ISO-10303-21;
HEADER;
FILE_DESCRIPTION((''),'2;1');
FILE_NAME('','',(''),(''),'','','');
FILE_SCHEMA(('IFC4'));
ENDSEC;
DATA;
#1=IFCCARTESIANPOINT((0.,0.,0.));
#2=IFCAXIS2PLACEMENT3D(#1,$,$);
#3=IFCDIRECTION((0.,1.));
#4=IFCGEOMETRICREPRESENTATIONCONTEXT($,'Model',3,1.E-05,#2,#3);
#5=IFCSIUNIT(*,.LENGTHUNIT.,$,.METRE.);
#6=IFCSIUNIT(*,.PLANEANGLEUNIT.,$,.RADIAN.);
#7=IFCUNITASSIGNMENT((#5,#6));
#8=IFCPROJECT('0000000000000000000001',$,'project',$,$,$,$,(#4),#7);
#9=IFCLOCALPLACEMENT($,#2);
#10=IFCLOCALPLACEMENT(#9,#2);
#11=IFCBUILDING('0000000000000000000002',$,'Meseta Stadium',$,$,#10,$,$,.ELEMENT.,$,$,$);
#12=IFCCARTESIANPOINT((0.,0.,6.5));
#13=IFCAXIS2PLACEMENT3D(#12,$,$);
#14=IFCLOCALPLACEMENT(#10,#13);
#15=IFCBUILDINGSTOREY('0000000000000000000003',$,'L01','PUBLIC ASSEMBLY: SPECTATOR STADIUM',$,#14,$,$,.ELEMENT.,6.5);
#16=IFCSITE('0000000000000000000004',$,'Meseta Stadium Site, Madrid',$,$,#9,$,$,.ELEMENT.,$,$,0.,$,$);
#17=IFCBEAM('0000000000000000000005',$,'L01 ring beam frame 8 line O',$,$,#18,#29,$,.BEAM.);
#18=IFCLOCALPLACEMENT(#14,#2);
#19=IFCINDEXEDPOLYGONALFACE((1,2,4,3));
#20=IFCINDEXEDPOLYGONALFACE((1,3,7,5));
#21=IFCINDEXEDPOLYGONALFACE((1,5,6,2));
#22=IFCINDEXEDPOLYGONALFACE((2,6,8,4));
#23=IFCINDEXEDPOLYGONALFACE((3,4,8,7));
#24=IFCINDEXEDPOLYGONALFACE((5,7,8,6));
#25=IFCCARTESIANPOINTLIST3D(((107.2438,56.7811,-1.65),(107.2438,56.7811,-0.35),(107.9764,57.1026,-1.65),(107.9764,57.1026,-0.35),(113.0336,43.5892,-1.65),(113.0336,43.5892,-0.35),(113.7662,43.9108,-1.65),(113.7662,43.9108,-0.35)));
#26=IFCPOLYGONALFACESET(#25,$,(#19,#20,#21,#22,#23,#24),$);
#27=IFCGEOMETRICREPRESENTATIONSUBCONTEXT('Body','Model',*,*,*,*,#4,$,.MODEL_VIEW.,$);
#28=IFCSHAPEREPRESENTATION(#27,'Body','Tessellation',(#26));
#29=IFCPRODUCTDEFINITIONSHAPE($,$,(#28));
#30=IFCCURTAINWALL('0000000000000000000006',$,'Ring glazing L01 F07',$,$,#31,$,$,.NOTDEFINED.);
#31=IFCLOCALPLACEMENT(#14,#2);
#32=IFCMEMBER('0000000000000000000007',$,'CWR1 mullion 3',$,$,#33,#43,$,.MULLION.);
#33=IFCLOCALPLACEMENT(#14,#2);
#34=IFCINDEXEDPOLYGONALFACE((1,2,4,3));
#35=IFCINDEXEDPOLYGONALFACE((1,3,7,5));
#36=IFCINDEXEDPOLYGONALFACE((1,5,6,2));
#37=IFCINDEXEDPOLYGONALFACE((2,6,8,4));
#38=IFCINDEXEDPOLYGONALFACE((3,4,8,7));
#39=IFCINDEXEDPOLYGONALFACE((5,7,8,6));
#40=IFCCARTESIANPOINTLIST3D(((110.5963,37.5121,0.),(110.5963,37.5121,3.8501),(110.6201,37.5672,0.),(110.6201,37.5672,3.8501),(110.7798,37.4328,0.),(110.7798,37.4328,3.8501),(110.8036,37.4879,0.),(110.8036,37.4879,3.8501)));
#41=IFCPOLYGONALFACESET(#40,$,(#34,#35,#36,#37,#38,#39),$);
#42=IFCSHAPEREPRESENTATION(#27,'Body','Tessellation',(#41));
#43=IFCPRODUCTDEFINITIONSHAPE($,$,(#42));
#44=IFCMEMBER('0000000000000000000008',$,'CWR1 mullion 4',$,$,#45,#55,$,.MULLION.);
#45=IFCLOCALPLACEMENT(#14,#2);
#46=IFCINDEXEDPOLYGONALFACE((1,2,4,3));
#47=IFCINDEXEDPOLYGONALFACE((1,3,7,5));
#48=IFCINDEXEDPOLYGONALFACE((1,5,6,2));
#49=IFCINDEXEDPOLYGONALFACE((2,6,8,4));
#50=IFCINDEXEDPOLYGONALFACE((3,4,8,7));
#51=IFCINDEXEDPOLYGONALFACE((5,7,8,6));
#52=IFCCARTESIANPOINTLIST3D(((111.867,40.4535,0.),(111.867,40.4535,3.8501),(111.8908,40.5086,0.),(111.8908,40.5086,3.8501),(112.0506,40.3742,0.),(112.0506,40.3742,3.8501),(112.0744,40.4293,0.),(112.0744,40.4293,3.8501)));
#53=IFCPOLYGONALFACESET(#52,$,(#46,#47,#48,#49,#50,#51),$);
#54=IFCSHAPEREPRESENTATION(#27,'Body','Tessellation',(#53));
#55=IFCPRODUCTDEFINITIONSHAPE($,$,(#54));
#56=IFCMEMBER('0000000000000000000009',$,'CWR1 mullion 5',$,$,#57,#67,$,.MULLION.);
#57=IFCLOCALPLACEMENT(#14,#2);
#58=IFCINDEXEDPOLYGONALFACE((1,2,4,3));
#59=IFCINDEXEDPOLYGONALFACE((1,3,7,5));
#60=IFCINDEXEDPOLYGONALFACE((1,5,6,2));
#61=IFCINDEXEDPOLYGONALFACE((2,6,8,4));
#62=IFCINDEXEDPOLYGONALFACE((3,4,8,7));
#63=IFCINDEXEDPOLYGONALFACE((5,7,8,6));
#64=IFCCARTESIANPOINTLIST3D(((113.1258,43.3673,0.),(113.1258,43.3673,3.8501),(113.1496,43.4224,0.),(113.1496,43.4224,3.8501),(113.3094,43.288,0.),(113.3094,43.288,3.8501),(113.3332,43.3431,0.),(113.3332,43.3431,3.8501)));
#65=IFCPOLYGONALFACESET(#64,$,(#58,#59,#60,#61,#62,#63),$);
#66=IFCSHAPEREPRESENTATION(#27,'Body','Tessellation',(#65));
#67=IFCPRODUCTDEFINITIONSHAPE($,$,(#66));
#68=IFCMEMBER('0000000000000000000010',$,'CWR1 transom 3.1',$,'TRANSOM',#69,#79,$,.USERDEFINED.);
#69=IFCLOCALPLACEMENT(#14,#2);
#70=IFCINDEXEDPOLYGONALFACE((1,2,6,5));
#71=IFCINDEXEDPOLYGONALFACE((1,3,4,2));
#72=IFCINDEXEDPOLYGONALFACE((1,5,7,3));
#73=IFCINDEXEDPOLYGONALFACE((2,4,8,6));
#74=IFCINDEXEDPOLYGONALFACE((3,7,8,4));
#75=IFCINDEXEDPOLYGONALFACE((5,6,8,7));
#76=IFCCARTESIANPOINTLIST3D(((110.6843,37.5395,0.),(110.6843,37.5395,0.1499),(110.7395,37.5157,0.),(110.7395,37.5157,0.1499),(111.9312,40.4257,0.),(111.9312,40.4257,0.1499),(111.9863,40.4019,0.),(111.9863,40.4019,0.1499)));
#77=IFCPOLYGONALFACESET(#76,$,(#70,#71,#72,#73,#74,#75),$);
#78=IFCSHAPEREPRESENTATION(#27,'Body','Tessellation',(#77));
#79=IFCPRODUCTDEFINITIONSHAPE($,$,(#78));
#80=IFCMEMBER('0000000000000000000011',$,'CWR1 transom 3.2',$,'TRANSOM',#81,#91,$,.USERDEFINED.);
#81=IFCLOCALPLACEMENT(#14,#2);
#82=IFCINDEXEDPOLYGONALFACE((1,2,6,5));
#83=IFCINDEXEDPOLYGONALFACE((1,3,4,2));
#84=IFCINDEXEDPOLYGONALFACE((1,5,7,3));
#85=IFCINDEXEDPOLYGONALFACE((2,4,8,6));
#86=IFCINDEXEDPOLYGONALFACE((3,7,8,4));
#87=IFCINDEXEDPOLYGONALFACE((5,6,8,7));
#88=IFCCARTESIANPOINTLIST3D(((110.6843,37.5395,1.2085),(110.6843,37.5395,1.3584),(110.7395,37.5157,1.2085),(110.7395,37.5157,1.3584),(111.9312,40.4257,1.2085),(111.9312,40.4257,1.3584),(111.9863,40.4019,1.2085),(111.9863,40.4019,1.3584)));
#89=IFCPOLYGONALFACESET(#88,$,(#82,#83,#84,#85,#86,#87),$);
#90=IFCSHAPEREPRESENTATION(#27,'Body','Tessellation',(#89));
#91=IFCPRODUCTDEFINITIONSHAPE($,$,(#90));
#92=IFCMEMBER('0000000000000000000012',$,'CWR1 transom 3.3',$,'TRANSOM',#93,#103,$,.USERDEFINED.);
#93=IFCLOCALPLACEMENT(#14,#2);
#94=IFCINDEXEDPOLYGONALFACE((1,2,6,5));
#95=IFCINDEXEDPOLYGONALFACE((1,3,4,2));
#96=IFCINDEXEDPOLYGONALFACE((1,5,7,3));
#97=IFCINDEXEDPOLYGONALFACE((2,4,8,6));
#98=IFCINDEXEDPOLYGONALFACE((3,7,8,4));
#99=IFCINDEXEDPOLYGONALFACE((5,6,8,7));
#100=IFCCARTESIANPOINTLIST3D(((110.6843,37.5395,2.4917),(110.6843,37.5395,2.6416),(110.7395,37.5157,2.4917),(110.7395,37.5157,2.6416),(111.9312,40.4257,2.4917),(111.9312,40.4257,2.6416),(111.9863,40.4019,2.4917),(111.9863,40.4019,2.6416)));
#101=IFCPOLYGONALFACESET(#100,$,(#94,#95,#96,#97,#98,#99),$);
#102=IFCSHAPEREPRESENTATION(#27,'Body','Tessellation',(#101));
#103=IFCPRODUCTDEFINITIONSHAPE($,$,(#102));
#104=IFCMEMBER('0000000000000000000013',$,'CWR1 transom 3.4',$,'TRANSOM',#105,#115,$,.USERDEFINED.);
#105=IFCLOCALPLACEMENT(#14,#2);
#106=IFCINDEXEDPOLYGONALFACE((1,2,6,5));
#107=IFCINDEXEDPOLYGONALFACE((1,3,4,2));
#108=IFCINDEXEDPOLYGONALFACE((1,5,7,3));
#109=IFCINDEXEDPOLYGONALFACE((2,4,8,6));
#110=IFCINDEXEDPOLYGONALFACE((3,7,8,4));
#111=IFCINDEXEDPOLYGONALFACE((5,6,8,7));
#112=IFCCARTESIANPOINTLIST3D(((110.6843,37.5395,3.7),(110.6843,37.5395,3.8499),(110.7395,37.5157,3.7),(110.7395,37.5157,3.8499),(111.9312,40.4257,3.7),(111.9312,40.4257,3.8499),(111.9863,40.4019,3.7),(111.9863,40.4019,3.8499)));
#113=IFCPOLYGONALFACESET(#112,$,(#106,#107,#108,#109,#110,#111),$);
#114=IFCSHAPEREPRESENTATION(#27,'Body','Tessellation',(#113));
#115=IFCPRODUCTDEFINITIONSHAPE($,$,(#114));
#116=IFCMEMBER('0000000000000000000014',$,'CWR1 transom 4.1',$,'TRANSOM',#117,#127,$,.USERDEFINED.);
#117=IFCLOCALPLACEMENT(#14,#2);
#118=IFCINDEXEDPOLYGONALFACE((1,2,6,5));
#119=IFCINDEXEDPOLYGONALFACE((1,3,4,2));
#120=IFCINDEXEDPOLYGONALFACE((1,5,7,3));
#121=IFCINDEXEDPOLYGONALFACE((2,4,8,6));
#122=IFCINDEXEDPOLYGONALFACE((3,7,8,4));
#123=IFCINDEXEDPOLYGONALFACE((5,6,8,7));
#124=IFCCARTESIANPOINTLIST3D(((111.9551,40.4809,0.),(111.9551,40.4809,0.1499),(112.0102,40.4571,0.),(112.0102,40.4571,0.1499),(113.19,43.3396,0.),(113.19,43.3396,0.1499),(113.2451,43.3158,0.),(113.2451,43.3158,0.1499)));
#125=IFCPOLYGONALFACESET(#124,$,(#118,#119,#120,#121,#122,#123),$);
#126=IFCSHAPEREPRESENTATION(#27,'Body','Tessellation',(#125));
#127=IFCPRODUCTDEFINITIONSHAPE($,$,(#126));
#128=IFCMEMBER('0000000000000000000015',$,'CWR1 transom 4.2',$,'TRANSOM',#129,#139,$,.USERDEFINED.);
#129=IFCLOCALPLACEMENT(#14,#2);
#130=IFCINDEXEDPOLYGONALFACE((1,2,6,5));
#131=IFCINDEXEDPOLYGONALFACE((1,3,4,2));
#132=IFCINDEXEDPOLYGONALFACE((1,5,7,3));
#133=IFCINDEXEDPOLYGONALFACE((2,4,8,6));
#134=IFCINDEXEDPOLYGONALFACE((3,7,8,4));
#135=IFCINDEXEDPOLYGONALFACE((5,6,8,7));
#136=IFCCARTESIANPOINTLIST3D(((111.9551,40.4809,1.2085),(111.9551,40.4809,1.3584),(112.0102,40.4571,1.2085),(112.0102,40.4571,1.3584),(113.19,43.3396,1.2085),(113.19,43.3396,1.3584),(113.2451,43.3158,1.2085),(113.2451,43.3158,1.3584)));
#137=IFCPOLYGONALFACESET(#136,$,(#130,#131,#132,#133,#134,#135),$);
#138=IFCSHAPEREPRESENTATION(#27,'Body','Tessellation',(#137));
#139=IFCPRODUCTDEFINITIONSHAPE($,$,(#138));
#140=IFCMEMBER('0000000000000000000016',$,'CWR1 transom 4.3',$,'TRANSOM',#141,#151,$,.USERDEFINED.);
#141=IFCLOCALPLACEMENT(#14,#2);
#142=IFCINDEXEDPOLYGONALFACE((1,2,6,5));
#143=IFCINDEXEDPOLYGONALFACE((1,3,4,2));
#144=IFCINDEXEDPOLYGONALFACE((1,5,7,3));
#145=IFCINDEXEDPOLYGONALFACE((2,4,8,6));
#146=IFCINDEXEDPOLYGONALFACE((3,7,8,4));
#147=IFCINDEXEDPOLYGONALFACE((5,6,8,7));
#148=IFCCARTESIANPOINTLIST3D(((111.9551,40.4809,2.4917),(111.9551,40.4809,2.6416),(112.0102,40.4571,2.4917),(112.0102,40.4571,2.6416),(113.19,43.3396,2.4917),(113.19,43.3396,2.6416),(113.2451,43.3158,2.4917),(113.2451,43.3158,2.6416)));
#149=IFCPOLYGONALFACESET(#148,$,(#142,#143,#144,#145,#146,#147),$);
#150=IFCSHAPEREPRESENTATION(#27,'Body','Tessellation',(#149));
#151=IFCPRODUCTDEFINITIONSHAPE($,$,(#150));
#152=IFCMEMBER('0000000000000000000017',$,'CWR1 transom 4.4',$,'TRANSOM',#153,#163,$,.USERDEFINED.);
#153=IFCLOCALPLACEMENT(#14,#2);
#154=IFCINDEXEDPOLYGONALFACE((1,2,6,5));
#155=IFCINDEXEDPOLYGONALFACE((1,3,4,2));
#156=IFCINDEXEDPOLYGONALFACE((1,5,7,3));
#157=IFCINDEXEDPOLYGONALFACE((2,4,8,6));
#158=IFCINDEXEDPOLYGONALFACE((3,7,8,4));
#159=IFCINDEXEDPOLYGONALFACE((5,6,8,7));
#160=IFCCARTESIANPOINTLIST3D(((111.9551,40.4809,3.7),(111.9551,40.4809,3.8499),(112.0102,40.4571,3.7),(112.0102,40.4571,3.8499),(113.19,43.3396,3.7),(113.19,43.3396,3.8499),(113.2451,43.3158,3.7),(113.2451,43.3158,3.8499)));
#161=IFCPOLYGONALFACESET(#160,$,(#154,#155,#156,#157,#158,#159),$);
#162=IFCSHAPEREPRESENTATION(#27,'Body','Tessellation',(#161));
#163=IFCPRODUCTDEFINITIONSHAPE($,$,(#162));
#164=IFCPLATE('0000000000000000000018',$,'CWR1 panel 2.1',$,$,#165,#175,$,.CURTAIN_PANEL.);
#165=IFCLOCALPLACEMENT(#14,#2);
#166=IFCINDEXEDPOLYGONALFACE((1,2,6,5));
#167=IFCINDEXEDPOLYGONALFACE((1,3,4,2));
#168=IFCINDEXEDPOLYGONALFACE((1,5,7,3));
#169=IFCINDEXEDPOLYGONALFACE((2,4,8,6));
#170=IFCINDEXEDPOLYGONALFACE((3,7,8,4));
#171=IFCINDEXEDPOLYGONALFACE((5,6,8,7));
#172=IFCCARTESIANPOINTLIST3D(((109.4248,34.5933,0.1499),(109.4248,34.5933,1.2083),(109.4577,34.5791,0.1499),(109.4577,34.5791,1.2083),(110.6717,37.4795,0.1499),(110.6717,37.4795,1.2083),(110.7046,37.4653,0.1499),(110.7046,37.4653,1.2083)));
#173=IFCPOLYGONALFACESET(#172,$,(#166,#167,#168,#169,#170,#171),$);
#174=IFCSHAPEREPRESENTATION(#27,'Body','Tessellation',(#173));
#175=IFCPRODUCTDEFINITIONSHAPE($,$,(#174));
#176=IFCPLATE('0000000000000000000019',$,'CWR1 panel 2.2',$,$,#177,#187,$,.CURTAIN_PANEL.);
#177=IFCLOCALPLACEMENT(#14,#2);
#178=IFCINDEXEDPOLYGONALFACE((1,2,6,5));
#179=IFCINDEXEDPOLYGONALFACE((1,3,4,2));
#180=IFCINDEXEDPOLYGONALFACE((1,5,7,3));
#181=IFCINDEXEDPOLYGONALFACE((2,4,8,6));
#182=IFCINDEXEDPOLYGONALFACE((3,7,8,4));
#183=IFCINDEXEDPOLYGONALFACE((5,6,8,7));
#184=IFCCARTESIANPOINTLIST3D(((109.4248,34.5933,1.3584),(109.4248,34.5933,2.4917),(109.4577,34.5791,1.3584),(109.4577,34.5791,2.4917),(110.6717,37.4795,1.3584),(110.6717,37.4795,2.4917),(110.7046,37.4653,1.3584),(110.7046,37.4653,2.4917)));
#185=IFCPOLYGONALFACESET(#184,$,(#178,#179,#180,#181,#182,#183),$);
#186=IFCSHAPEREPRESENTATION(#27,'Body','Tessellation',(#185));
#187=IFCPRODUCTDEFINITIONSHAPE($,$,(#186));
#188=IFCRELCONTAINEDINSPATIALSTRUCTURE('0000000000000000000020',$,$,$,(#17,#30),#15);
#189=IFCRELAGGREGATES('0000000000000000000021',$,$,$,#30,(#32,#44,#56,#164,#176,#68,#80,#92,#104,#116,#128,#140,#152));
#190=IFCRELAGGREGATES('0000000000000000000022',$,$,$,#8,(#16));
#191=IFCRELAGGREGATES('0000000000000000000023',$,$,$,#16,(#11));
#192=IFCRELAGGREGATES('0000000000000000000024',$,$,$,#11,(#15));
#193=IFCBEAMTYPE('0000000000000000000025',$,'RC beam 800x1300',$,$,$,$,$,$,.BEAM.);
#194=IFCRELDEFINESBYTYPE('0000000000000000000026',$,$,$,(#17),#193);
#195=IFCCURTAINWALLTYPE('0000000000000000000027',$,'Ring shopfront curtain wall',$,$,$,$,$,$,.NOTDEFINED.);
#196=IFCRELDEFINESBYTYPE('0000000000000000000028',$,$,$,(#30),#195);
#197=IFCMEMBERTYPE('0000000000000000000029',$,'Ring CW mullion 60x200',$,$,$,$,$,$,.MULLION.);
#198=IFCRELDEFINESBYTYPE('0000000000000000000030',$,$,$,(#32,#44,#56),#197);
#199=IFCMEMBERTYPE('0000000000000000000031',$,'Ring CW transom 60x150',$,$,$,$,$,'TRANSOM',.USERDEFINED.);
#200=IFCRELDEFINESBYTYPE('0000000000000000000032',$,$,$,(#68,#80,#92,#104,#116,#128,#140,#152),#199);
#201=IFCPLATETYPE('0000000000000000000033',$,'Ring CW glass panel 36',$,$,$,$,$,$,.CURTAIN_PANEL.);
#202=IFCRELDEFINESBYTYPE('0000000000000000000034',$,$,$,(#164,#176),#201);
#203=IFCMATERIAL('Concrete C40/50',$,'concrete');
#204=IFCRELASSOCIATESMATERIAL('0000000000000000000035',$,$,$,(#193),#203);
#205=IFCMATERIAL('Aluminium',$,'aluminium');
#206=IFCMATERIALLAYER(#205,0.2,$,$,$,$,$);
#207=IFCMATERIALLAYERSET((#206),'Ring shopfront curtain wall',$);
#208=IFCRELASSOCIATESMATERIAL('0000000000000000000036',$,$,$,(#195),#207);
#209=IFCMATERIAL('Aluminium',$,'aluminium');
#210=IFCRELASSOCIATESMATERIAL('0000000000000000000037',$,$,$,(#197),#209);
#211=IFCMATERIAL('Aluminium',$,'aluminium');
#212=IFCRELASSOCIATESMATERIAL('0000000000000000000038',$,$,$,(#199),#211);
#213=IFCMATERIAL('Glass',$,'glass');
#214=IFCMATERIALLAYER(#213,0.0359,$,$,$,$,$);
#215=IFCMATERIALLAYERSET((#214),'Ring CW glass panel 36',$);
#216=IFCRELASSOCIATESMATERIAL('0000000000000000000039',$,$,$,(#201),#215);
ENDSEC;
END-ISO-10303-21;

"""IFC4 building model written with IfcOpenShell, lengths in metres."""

from ifc_helpers import new_model, si_unit, direction, frame, origin, origin_2d, place, context, subcontext, project, spatial, rectangle, extrude, material, layer, layer_set, material_profile, profile_set, type_object, element, aggregate, save


model = new_model("IFC4")

# Units and contexts
model_context = context("Model", 3, precision=1e-05, world=origin(), true_north=direction((0.0, 1.0)))
body_context = subcontext(model_context, "Body", "Model", "MODEL_VIEW")
ifc_project = project(units=[si_unit("LENGTHUNIT", "METRE"), si_unit("PLANEANGLEUNIT", "RADIAN")], contexts=[model_context])

# Site, building, storey
site_placement = place(None, origin())
site = spatial("IfcSite", under=ifc_project, at=site_placement, Name="Meseta Stadium Site, Madrid", CompositionType="ELEMENT", RefElevation=0.0)
building_placement = place(site_placement, origin())
building = spatial("IfcBuilding", under=site, at=building_placement, Name="Meseta Stadium", CompositionType="ELEMENT")
storey_placement = place(building_placement, frame((0.0, 0.0, 6.5)))
storey = spatial("IfcBuildingStorey", under=building, at=storey_placement, Name="L01", Description="PUBLIC ASSEMBLY: SPECTATOR STADIUM", CompositionType="ELEMENT", Elevation=6.5)

# Beam
ifc_material_1 = material(Name="Concrete C40/50", Category="concrete")
ifc_material_profile_1 = material_profile(ifc_material_1, rectangle(XDim=0.8, YDim=1.3, at=origin_2d()), Name="RC 800x1300")
ifc_profile_set_1 = profile_set([ifc_material_profile_1], Name="Concrete C40/50")
beam_type_1 = type_object("IfcBeamType", Name="RC beam 800x1300", PredefinedType="BEAM", material=ifc_profile_set_1)
beam_1_placement = place(storey_placement, frame((113.3999, 43.75, -1.0), z_axis=(-0.401887, 0.915689, 0.0), x_axis=(-0.915689, -0.401887, 0.0)))
element("IfcBeam", 1, at=beam_1_placement, inside=storey, type_object=beam_type_1, Name="L01 ring beam frame 8 line O", PredefinedType="BEAM", context=body_context, shape_type="SweptSolid", body=[
    extrude(rectangle(XDim=0.8, YDim=1.3, at=origin_2d()), origin(), (0.0, 0.0, 1.0), 14.4065),
])

# Curtain wall, members, plates
ifc_material_2 = material(Name="Aluminium", Category="aluminium")
ifc_layer_1 = layer(ifc_material_2, 0.2)
ifc_layer_set_1 = layer_set([ifc_layer_1], Name="Ring shopfront curtain wall")
curtain_wall_type = type_object("IfcCurtainWallType", Name="Ring shopfront curtain wall", PredefinedType="NOTDEFINED", material=ifc_layer_set_1)
curtain_wall_placement = place(storey_placement, origin())
curtain_wall = element("IfcCurtainWall", 2, at=curtain_wall_placement, inside=storey, type_object=curtain_wall_type, Name="Ring glazing L01 F07", PredefinedType="NOTDEFINED")
ifc_material_3 = material(Name="Aluminium", Category="aluminium")
ifc_material_profile_2 = material_profile(ifc_material_3, rectangle(XDim=0.2, YDim=0.0601, at=origin_2d()), Name="CW 200x60")
ifc_profile_set_2 = profile_set([ifc_material_profile_2], Name="Aluminium")
member_type_1 = type_object("IfcMemberType", Name="Ring CW mullion 60x200", PredefinedType="MULLION", material=ifc_profile_set_2)
member_1_placement = place(storey_placement, frame((110.7, 37.5, 0.0), z_axis=(0.0, 0.0, 1.0), x_axis=(-0.918, 0.396581, 0.0)))
member_1 = element("IfcMember", 3, at=member_1_placement, type_object=member_type_1, Name="CWR1 mullion 3", PredefinedType="MULLION", context=body_context, shape_type="SweptSolid", body=[
    extrude(rectangle(XDim=0.2, YDim=0.0601, at=origin_2d()), origin(), (0.0, 0.0, 1.0), 3.8501),
])
member_2_placement = place(storey_placement, frame((111.9707, 40.4414, 0.0), z_axis=(0.0, 0.0, 1.0), x_axis=(-0.918, 0.396581, 0.0)))
member_2 = element("IfcMember", 4, at=member_2_placement, type_object=member_type_1, Name="CWR1 mullion 4", PredefinedType="MULLION", context=body_context, shape_type="SweptSolid", body=[
    extrude(rectangle(XDim=0.2, YDim=0.0601, at=origin_2d()), origin(), (0.0, 0.0, 1.0), 3.8501),
])
member_3_placement = place(storey_placement, frame((113.2295, 43.3552, 0.0), z_axis=(0.0, 0.0, 1.0), x_axis=(-0.918, 0.396581, 0.0)))
member_3 = element("IfcMember", 5, at=member_3_placement, type_object=member_type_1, Name="CWR1 mullion 5", PredefinedType="MULLION", context=body_context, shape_type="SweptSolid", body=[
    extrude(rectangle(XDim=0.2, YDim=0.0601, at=origin_2d()), origin(), (0.0, 0.0, 1.0), 3.8501),
])
ifc_material_4 = material(Name="Aluminium", Category="aluminium")
ifc_material_profile_3 = material_profile(ifc_material_4, rectangle(XDim=0.0601, YDim=0.1499, at=origin_2d()), Name="CW 60x150")
ifc_profile_set_3 = profile_set([ifc_material_profile_3], Name="Aluminium")
member_type_2 = type_object("IfcMemberType", Name="Ring CW transom 60x150", ElementType="TRANSOM", PredefinedType="USERDEFINED", material=ifc_profile_set_3)
member_4_placement = place(storey_placement, frame((110.7119, 37.5276, 0.075), z_axis=(0.39657, 0.918005, 0.0), x_axis=(-0.918005, 0.39657, 0.0)))
member_4 = element("IfcMember", 6, at=member_4_placement, type_object=member_type_2, Name="CWR1 transom 3.1", ObjectType="TRANSOM", PredefinedType="USERDEFINED", context=body_context, shape_type="SweptSolid", body=[
    extrude(rectangle(XDim=0.0601, YDim=0.1499, at=origin_2d()), origin(), (0.0, 0.0, 1.0), 3.144),
])
member_5_placement = place(storey_placement, frame((110.7119, 37.5276, 1.2834), z_axis=(0.39657, 0.918005, 0.0), x_axis=(-0.918005, 0.39657, 0.0)))
member_5 = element("IfcMember", 7, at=member_5_placement, type_object=member_type_2, Name="CWR1 transom 3.2", ObjectType="TRANSOM", PredefinedType="USERDEFINED", context=body_context, shape_type="SweptSolid", body=[
    extrude(rectangle(XDim=0.0601, YDim=0.1499, at=origin_2d()), origin(), (0.0, 0.0, 1.0), 3.144),
])
member_6_placement = place(storey_placement, frame((110.7119, 37.5276, 2.5667), z_axis=(0.39657, 0.918005, 0.0), x_axis=(-0.918005, 0.39657, 0.0)))
member_6 = element("IfcMember", 8, at=member_6_placement, type_object=member_type_2, Name="CWR1 transom 3.3", ObjectType="TRANSOM", PredefinedType="USERDEFINED", context=body_context, shape_type="SweptSolid", body=[
    extrude(rectangle(XDim=0.0601, YDim=0.1499, at=origin_2d()), origin(), (0.0, 0.0, 1.0), 3.144),
])
member_7_placement = place(storey_placement, frame((110.7119, 37.5276, 3.7749), z_axis=(0.39657, 0.918005, 0.0), x_axis=(-0.918005, 0.39657, 0.0)))
member_7 = element("IfcMember", 9, at=member_7_placement, type_object=member_type_2, Name="CWR1 transom 3.4", ObjectType="TRANSOM", PredefinedType="USERDEFINED", context=body_context, shape_type="SweptSolid", body=[
    extrude(rectangle(XDim=0.0601, YDim=0.1499, at=origin_2d()), origin(), (0.0, 0.0, 1.0), 3.144),
])
member_8_placement = place(storey_placement, frame((111.9827, 40.469, 0.075), z_axis=(0.396558, 0.91801, 0.0), x_axis=(-0.91801, 0.396558, 0.0)))
member_8 = element("IfcMember", 10, at=member_8_placement, type_object=member_type_2, Name="CWR1 transom 4.1", ObjectType="TRANSOM", PredefinedType="USERDEFINED", context=body_context, shape_type="SweptSolid", body=[
    extrude(rectangle(XDim=0.0601, YDim=0.1499, at=origin_2d()), origin(), (0.0, 0.0, 1.0), 3.114),
])
member_9_placement = place(storey_placement, frame((111.9827, 40.469, 1.2834), z_axis=(0.396558, 0.91801, 0.0), x_axis=(-0.91801, 0.396558, 0.0)))
member_9 = element("IfcMember", 11, at=member_9_placement, type_object=member_type_2, Name="CWR1 transom 4.2", ObjectType="TRANSOM", PredefinedType="USERDEFINED", context=body_context, shape_type="SweptSolid", body=[
    extrude(rectangle(XDim=0.0601, YDim=0.1499, at=origin_2d()), origin(), (0.0, 0.0, 1.0), 3.114),
])
member_10_placement = place(storey_placement, frame((111.9827, 40.469, 2.5667), z_axis=(0.396558, 0.91801, 0.0), x_axis=(-0.91801, 0.396558, 0.0)))
member_10 = element("IfcMember", 12, at=member_10_placement, type_object=member_type_2, Name="CWR1 transom 4.3", ObjectType="TRANSOM", PredefinedType="USERDEFINED", context=body_context, shape_type="SweptSolid", body=[
    extrude(rectangle(XDim=0.0601, YDim=0.1499, at=origin_2d()), origin(), (0.0, 0.0, 1.0), 3.114),
])
member_11_placement = place(storey_placement, frame((111.9827, 40.469, 3.7749), z_axis=(0.396558, 0.91801, 0.0), x_axis=(-0.91801, 0.396558, 0.0)))
member_11 = element("IfcMember", 13, at=member_11_placement, type_object=member_type_2, Name="CWR1 transom 4.4", ObjectType="TRANSOM", PredefinedType="USERDEFINED", context=body_context, shape_type="SweptSolid", body=[
    extrude(rectangle(XDim=0.0601, YDim=0.1499, at=origin_2d()), origin(), (0.0, 0.0, 1.0), 3.114),
])
ifc_material_5 = material(Name="Glass", Category="glass")
ifc_layer_2 = layer(ifc_material_5, 0.0359)
ifc_layer_set_2 = layer_set([ifc_layer_2], Name="Ring CW glass panel 36")
plate_type_1 = type_object("IfcPlateType", Name="Ring CW glass panel 36", PredefinedType="CURTAIN_PANEL", material=ifc_layer_set_2)
plate_1_placement = place(storey_placement, frame((110.0647, 36.0293, 0.1499), z_axis=(0.0, 0.0, 1.0), x_axis=(0.396581, 0.918, 0.0)))
plate_1 = element("IfcPlate", 14, at=plate_1_placement, type_object=plate_type_1, Name="CWR1 panel 2.1", PredefinedType="CURTAIN_PANEL", context=body_context, shape_type="SweptSolid", body=[
    extrude(rectangle(XDim=3.144, YDim=0.0359, at=origin_2d()), origin(), (0.0, 0.0, 1.0), 1.0583),
])
plate_2_placement = place(storey_placement, frame((110.0647, 36.0293, 1.3584), z_axis=(0.0, 0.0, 1.0), x_axis=(0.396581, 0.918, 0.0)))
plate_2 = element("IfcPlate", 15, at=plate_2_placement, type_object=plate_type_1, Name="CWR1 panel 2.2", PredefinedType="CURTAIN_PANEL", context=body_context, shape_type="SweptSolid", body=[
    extrude(rectangle(XDim=3.144, YDim=0.0359, at=origin_2d()), origin(), (0.0, 0.0, 1.0), 1.1333),
])
aggregate(curtain_wall, [member_1, member_2, member_3, plate_1, plate_2, member_4, member_5, member_6, member_7, member_8, member_9, member_10, member_11])

save(model, "model.ifc")
